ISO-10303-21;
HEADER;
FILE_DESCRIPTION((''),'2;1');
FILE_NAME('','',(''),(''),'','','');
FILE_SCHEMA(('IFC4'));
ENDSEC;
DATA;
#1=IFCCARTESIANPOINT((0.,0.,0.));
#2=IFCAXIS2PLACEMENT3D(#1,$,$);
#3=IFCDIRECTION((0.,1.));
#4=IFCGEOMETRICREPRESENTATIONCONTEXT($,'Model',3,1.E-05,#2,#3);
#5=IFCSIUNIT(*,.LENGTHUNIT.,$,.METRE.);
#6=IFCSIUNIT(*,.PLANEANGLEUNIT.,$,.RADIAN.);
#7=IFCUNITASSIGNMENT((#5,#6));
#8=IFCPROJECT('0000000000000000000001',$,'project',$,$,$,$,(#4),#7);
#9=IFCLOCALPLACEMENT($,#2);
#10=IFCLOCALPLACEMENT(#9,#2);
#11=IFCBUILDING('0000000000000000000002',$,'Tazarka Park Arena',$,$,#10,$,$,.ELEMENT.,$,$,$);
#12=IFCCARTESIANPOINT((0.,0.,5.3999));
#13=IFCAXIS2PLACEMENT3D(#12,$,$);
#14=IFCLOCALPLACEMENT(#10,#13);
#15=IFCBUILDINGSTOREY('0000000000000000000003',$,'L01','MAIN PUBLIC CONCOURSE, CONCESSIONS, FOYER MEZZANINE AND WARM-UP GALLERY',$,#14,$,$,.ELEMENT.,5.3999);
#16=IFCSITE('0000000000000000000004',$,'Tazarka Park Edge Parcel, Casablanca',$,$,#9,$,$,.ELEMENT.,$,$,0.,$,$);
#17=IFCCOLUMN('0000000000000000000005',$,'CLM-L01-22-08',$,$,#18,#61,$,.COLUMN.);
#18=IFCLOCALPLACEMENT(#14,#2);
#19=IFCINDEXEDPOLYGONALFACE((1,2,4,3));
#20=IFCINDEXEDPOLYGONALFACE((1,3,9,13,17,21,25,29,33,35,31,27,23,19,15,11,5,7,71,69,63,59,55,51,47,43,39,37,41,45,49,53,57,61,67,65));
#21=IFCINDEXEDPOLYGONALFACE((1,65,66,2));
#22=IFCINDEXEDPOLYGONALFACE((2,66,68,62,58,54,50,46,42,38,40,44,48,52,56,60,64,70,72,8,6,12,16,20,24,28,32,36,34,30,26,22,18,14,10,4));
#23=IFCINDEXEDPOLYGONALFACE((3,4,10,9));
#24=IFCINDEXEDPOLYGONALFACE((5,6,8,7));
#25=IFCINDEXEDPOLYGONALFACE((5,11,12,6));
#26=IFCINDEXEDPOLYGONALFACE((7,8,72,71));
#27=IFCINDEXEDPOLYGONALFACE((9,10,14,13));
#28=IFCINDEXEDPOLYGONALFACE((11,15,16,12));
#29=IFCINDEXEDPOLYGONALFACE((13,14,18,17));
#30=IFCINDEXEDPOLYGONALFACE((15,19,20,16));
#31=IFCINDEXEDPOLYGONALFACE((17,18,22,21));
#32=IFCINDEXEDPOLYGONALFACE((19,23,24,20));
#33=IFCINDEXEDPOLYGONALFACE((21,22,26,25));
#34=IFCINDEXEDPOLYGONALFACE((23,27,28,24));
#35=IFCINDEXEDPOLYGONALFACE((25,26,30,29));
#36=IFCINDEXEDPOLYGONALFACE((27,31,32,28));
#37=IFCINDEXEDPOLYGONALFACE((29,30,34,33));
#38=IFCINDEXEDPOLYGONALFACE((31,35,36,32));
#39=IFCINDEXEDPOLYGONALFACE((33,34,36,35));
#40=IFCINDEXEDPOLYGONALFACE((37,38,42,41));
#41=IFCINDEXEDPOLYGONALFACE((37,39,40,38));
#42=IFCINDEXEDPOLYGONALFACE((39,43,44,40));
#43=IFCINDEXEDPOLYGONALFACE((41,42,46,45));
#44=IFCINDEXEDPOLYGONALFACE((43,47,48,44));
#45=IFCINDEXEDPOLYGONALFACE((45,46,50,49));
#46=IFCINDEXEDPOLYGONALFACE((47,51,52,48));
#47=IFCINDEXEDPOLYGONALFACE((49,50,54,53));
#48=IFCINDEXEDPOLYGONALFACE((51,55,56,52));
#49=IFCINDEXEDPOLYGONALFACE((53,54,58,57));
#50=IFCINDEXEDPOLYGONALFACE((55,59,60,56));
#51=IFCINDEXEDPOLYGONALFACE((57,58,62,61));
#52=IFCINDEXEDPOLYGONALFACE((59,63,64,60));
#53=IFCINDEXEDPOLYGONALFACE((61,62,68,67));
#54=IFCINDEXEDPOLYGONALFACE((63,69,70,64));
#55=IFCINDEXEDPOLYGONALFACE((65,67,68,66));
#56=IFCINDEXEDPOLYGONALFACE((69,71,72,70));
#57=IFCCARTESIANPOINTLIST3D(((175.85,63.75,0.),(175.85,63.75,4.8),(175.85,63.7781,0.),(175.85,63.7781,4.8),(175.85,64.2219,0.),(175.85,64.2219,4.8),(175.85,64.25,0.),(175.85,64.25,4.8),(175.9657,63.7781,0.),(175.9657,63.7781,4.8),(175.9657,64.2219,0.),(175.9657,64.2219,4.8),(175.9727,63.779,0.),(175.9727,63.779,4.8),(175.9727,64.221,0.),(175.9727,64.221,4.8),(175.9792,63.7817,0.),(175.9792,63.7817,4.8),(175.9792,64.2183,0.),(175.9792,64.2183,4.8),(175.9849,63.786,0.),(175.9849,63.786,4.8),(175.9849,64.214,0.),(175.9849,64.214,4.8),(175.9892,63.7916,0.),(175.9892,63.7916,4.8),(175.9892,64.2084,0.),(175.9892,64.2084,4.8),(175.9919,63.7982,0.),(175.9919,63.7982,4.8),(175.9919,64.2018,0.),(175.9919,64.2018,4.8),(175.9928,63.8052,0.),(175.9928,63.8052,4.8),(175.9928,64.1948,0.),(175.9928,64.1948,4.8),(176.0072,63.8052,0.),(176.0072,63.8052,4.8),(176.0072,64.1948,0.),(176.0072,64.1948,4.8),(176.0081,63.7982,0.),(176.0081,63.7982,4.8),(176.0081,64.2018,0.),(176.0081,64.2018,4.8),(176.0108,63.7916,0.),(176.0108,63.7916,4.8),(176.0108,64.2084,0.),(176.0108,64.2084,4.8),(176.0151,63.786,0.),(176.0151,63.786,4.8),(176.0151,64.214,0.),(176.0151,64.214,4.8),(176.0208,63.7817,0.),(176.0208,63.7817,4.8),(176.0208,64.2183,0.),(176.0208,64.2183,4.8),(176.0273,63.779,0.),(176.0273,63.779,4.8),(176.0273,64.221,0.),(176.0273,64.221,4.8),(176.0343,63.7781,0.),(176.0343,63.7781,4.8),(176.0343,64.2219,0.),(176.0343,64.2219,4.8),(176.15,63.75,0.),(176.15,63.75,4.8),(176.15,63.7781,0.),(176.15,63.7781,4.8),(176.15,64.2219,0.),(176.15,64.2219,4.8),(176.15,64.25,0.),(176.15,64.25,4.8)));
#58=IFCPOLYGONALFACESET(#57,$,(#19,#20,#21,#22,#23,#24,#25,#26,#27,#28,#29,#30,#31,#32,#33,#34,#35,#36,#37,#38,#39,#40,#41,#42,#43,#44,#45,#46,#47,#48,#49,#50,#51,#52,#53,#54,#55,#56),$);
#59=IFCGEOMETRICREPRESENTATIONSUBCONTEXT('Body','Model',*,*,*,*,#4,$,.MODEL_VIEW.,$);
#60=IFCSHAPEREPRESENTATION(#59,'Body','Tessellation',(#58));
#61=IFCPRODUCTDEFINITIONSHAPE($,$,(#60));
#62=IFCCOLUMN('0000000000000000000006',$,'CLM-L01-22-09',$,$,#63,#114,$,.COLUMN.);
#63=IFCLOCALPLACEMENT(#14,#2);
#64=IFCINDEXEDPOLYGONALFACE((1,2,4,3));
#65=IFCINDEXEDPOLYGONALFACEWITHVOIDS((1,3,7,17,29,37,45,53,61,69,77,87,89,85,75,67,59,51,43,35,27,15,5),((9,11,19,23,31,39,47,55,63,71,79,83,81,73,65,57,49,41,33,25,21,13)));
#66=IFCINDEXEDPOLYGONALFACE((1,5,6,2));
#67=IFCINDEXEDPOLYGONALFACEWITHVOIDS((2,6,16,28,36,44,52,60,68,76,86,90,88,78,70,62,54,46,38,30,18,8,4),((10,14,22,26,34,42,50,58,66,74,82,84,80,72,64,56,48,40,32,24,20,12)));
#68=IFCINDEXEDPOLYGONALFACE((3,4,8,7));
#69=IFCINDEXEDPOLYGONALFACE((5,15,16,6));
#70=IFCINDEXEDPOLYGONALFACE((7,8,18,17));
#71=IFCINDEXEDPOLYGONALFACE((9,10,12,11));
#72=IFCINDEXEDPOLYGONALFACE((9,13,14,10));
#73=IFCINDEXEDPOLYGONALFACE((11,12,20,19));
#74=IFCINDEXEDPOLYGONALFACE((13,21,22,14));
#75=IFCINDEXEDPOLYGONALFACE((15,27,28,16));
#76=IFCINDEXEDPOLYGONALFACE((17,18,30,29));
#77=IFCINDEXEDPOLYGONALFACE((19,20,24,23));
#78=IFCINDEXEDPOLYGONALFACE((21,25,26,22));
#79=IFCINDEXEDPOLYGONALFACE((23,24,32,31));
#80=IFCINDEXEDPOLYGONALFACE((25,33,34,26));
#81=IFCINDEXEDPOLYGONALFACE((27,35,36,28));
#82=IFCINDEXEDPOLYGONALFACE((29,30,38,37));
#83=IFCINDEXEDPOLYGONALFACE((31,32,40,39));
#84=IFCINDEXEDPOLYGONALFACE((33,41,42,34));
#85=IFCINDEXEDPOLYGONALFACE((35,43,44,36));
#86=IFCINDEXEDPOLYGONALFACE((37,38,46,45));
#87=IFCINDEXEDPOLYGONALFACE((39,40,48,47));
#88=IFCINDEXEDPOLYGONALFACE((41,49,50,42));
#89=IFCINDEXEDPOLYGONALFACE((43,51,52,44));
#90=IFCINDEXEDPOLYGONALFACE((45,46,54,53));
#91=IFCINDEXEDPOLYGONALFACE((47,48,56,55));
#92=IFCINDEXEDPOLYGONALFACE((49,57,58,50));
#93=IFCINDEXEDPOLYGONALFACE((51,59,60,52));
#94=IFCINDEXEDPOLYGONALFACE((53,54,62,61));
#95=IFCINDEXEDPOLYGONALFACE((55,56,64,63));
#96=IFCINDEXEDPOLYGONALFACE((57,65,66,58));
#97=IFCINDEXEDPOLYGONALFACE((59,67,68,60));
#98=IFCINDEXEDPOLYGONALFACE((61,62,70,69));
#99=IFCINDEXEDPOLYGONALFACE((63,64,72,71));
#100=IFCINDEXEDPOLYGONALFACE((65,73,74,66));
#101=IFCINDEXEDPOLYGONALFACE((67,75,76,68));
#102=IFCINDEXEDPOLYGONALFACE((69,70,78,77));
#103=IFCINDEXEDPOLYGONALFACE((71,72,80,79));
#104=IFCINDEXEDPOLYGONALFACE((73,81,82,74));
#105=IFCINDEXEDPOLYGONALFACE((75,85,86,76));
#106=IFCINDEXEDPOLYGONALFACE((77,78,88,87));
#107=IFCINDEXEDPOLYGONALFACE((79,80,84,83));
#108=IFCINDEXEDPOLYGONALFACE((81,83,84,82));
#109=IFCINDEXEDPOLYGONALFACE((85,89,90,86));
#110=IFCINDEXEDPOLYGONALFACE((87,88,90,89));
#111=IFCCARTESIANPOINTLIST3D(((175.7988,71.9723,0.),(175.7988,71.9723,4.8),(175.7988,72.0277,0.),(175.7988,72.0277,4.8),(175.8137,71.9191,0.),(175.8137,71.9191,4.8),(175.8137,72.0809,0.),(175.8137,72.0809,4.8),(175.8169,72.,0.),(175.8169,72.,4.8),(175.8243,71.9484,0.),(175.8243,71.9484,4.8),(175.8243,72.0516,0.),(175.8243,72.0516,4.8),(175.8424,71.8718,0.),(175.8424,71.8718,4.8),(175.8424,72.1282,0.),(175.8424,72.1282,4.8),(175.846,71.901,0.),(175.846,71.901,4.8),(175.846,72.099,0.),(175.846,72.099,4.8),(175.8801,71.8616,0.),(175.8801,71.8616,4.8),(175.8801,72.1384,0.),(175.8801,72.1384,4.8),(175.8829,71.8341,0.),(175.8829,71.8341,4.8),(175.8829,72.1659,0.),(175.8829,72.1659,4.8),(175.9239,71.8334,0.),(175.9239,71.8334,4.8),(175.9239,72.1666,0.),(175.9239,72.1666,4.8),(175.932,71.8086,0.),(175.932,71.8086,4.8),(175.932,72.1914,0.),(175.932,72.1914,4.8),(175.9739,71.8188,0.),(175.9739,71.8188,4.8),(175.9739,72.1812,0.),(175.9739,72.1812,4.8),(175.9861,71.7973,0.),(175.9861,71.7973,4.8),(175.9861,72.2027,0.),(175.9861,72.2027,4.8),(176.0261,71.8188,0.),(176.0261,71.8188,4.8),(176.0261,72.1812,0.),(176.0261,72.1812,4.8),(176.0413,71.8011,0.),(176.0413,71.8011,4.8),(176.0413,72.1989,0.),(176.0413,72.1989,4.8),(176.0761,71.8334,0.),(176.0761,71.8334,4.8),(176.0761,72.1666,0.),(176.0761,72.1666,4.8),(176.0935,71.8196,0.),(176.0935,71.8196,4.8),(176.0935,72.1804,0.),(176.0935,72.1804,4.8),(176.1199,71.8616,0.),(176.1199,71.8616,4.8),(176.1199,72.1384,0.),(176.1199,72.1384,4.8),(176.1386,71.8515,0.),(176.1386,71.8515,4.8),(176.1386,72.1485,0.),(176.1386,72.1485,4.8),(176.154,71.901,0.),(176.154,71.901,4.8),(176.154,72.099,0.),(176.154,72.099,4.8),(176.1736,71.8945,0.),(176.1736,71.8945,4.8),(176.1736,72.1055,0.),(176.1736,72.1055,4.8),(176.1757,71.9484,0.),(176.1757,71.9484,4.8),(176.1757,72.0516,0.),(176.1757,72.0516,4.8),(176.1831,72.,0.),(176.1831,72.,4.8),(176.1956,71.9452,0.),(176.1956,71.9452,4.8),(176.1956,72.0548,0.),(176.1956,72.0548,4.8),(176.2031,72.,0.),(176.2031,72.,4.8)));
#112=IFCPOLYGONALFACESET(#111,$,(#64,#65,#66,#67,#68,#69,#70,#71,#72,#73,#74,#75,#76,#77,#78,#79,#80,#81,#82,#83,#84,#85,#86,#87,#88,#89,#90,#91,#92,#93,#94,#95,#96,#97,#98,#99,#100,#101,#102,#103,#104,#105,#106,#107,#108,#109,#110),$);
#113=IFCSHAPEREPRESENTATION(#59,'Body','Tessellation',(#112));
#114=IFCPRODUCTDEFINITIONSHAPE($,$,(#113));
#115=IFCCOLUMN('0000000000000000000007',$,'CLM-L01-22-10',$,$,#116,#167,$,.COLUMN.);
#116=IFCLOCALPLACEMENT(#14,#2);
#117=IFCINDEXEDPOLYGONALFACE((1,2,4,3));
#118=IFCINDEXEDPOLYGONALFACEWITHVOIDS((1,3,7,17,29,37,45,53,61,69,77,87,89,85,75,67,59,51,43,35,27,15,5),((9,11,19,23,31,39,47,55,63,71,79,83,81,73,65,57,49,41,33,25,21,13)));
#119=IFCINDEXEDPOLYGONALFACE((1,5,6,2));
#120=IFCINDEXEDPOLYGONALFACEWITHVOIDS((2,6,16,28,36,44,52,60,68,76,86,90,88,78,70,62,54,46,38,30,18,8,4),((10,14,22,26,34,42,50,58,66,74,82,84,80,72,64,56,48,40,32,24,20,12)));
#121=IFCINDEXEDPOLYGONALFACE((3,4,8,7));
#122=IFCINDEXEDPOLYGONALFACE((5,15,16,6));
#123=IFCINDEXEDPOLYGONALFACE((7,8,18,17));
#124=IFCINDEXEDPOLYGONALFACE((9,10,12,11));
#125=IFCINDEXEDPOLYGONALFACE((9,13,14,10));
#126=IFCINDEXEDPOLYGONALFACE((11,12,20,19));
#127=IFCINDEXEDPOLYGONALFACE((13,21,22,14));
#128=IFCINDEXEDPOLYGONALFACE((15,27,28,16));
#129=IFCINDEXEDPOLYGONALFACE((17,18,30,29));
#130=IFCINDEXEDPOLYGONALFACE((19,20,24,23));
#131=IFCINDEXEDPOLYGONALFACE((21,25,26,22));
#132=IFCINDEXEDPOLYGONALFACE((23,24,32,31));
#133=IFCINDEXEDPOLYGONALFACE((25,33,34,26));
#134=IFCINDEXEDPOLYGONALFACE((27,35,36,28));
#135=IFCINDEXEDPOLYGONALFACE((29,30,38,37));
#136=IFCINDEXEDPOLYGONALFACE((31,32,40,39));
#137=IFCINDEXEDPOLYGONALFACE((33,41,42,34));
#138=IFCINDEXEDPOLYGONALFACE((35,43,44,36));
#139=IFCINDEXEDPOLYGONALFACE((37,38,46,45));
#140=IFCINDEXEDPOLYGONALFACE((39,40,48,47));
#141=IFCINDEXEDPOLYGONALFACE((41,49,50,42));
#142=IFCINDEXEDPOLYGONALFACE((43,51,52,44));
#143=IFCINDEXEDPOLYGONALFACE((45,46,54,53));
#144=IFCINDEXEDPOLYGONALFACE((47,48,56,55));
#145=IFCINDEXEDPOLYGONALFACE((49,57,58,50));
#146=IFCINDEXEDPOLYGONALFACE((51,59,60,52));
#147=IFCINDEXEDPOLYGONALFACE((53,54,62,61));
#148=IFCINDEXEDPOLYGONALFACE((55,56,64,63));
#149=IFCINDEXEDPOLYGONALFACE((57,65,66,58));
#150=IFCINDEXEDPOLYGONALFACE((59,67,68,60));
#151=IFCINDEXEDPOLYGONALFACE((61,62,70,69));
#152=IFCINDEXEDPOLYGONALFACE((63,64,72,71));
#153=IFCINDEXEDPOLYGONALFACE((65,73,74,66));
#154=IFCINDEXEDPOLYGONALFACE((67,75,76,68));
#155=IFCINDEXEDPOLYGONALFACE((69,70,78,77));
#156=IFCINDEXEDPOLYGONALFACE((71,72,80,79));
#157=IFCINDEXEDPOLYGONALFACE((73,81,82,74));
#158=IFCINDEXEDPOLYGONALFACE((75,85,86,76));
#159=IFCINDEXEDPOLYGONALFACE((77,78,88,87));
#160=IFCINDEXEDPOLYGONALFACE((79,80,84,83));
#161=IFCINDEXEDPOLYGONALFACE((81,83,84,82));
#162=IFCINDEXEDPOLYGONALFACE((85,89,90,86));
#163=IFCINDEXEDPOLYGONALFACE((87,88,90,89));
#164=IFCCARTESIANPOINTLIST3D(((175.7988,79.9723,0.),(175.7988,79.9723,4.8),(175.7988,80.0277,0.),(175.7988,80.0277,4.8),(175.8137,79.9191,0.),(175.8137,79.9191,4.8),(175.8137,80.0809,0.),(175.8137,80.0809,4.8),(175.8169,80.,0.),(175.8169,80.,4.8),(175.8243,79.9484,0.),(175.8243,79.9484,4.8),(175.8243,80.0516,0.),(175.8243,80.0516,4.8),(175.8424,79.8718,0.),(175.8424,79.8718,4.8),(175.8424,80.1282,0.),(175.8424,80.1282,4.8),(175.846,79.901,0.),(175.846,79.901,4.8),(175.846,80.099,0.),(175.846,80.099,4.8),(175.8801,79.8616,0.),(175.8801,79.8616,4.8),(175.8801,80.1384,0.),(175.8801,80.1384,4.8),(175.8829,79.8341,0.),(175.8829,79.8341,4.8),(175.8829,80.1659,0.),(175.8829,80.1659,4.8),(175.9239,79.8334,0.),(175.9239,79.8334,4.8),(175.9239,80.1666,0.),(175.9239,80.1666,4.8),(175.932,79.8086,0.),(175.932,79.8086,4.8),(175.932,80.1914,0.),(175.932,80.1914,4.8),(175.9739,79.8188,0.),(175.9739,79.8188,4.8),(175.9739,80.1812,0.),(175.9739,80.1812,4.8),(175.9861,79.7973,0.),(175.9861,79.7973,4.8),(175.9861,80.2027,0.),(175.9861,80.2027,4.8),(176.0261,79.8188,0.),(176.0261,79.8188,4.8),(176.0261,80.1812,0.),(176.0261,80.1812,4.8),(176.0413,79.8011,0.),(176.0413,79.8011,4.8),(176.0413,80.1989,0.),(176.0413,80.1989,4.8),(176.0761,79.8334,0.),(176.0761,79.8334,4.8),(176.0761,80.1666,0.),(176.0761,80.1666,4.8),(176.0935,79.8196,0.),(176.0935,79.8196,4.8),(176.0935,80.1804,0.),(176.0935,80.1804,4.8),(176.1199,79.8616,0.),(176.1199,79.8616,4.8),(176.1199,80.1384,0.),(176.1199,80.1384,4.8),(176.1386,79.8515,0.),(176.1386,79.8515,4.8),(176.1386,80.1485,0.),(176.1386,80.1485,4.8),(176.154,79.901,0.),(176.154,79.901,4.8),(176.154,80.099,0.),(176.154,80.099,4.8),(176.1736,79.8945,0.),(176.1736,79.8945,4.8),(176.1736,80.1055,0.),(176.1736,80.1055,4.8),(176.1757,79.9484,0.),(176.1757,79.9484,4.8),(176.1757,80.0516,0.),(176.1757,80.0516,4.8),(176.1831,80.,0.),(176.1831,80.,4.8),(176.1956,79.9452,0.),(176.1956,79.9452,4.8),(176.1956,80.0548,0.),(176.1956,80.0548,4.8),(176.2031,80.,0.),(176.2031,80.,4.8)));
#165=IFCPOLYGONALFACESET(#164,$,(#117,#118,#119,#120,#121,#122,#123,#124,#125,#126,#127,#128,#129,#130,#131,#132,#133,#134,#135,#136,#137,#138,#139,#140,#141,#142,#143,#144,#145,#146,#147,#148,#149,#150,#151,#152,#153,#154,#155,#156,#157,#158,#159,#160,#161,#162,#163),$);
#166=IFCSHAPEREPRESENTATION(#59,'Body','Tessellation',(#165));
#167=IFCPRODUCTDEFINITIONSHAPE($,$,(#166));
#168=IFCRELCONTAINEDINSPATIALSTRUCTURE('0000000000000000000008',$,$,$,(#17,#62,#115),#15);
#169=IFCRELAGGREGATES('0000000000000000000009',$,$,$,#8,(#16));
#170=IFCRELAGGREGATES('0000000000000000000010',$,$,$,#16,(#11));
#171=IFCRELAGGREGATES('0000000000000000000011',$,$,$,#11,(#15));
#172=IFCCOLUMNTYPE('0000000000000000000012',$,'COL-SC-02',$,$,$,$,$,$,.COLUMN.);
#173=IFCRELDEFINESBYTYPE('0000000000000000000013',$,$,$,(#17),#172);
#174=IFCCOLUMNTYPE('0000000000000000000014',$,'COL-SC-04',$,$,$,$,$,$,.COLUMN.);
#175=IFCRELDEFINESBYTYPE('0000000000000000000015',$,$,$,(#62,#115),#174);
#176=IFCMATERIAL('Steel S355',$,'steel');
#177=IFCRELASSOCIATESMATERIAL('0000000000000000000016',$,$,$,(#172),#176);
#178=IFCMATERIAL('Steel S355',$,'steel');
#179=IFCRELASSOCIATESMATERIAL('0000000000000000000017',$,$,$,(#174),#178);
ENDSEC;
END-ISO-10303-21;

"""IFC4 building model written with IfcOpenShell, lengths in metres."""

from ifc_helpers import new_model, si_unit, direction, frame, origin, origin_2d, place, context, subcontext, project, spatial, hollow_circle, i_section, extrude, material, material_profile, profile_set, type_object, element, save


model = new_model("IFC4")

# Units and contexts
model_context = context("Model", 3, precision=1e-05, world=origin(), true_north=direction((0.0, 1.0)))
body_context = subcontext(model_context, "Body", "Model", "MODEL_VIEW")
ifc_project = project(units=[si_unit("LENGTHUNIT", "METRE"), si_unit("PLANEANGLEUNIT", "RADIAN")], contexts=[model_context])

# Site, building, storey
site_placement = place(None, origin())
site = spatial("IfcSite", under=ifc_project, at=site_placement, Name="Tazarka Park Edge Parcel, Casablanca", CompositionType="ELEMENT", RefElevation=0.0)
building_placement = place(site_placement, origin())
building = spatial("IfcBuilding", under=site, at=building_placement, Name="Tazarka Park Arena", CompositionType="ELEMENT")
storey_placement = place(building_placement, frame((0.0, 0.0, 5.3999)))
storey = spatial("IfcBuildingStorey", under=building, at=storey_placement, Name="L01", Description="MAIN PUBLIC CONCOURSE, CONCESSIONS, FOYER MEZZANINE AND WARM-UP GALLERY", CompositionType="ELEMENT", Elevation=5.3999)

# Columns
ifc_material_1 = material(Name="Steel S355", Category="steel")
ifc_material_profile_1 = material_profile(ifc_material_1, i_section(OverallWidth=0.3, OverallDepth=0.5, WebThickness=0.0144, FlangeThickness=0.0281, FilletRadius=0.0271, at=origin_2d()), Name="Steel S355")
ifc_profile_set_1 = profile_set([ifc_material_profile_1], Name="Steel S355")
column_type_1 = type_object("IfcColumnType", Name="COL-SC-02", PredefinedType="COLUMN", material=ifc_profile_set_1)
column_placement = place(storey_placement, frame((176.0, 64.0, 0.0), z_axis=(0.0, 0.0, 1.0), x_axis=(1.0, 0.0, 0.0)))
element("IfcColumn", 1, at=column_placement, inside=storey, type_object=column_type_1, Name="CLM-L01-22-08", PredefinedType="COLUMN", context=body_context, shape_type="SweptSolid", body=[
    extrude(i_section(OverallWidth=0.3, OverallDepth=0.5, WebThickness=0.0144, FlangeThickness=0.0281, FilletRadius=0.0271, at=origin_2d()), origin(), (0.0, 0.0, 1.0), 4.8),
])
ifc_material_2 = material(Name="Steel S355", Category="steel")
ifc_material_profile_2 = material_profile(ifc_material_2, hollow_circle(Radius=0.2031, WallThickness=0.02, at=origin_2d()), Name="Steel S355")
ifc_profile_set_2 = profile_set([ifc_material_profile_2], Name="Steel S355")
column_type_2 = type_object("IfcColumnType", Name="COL-SC-04", PredefinedType="COLUMN", material=ifc_profile_set_2)
for number, where, z_axis, x_axis, name in (
    (2, (176.0, 72.0, 0.0), (0.0, 0.0, 1.0), (1.0, 0.0, 0.0), "CLM-L01-22-09"),
    (3, (176.0, 80.0, 0.0), (0.0, 0.0, 1.0), (1.0, 0.0, 0.0), "CLM-L01-22-10"),
):
    element("IfcColumn", number, at=place(storey_placement, frame(where, z_axis=z_axis, x_axis=x_axis)), inside=storey, type_object=column_type_2, Name=name, PredefinedType="COLUMN", context=body_context, shape_type="SweptSolid", body=[
        extrude(hollow_circle(Radius=0.2031, WallThickness=0.02, at=origin_2d()), origin(), (0.0, 0.0, 1.0), 4.8),
    ])

save(model, "model.ifc")
